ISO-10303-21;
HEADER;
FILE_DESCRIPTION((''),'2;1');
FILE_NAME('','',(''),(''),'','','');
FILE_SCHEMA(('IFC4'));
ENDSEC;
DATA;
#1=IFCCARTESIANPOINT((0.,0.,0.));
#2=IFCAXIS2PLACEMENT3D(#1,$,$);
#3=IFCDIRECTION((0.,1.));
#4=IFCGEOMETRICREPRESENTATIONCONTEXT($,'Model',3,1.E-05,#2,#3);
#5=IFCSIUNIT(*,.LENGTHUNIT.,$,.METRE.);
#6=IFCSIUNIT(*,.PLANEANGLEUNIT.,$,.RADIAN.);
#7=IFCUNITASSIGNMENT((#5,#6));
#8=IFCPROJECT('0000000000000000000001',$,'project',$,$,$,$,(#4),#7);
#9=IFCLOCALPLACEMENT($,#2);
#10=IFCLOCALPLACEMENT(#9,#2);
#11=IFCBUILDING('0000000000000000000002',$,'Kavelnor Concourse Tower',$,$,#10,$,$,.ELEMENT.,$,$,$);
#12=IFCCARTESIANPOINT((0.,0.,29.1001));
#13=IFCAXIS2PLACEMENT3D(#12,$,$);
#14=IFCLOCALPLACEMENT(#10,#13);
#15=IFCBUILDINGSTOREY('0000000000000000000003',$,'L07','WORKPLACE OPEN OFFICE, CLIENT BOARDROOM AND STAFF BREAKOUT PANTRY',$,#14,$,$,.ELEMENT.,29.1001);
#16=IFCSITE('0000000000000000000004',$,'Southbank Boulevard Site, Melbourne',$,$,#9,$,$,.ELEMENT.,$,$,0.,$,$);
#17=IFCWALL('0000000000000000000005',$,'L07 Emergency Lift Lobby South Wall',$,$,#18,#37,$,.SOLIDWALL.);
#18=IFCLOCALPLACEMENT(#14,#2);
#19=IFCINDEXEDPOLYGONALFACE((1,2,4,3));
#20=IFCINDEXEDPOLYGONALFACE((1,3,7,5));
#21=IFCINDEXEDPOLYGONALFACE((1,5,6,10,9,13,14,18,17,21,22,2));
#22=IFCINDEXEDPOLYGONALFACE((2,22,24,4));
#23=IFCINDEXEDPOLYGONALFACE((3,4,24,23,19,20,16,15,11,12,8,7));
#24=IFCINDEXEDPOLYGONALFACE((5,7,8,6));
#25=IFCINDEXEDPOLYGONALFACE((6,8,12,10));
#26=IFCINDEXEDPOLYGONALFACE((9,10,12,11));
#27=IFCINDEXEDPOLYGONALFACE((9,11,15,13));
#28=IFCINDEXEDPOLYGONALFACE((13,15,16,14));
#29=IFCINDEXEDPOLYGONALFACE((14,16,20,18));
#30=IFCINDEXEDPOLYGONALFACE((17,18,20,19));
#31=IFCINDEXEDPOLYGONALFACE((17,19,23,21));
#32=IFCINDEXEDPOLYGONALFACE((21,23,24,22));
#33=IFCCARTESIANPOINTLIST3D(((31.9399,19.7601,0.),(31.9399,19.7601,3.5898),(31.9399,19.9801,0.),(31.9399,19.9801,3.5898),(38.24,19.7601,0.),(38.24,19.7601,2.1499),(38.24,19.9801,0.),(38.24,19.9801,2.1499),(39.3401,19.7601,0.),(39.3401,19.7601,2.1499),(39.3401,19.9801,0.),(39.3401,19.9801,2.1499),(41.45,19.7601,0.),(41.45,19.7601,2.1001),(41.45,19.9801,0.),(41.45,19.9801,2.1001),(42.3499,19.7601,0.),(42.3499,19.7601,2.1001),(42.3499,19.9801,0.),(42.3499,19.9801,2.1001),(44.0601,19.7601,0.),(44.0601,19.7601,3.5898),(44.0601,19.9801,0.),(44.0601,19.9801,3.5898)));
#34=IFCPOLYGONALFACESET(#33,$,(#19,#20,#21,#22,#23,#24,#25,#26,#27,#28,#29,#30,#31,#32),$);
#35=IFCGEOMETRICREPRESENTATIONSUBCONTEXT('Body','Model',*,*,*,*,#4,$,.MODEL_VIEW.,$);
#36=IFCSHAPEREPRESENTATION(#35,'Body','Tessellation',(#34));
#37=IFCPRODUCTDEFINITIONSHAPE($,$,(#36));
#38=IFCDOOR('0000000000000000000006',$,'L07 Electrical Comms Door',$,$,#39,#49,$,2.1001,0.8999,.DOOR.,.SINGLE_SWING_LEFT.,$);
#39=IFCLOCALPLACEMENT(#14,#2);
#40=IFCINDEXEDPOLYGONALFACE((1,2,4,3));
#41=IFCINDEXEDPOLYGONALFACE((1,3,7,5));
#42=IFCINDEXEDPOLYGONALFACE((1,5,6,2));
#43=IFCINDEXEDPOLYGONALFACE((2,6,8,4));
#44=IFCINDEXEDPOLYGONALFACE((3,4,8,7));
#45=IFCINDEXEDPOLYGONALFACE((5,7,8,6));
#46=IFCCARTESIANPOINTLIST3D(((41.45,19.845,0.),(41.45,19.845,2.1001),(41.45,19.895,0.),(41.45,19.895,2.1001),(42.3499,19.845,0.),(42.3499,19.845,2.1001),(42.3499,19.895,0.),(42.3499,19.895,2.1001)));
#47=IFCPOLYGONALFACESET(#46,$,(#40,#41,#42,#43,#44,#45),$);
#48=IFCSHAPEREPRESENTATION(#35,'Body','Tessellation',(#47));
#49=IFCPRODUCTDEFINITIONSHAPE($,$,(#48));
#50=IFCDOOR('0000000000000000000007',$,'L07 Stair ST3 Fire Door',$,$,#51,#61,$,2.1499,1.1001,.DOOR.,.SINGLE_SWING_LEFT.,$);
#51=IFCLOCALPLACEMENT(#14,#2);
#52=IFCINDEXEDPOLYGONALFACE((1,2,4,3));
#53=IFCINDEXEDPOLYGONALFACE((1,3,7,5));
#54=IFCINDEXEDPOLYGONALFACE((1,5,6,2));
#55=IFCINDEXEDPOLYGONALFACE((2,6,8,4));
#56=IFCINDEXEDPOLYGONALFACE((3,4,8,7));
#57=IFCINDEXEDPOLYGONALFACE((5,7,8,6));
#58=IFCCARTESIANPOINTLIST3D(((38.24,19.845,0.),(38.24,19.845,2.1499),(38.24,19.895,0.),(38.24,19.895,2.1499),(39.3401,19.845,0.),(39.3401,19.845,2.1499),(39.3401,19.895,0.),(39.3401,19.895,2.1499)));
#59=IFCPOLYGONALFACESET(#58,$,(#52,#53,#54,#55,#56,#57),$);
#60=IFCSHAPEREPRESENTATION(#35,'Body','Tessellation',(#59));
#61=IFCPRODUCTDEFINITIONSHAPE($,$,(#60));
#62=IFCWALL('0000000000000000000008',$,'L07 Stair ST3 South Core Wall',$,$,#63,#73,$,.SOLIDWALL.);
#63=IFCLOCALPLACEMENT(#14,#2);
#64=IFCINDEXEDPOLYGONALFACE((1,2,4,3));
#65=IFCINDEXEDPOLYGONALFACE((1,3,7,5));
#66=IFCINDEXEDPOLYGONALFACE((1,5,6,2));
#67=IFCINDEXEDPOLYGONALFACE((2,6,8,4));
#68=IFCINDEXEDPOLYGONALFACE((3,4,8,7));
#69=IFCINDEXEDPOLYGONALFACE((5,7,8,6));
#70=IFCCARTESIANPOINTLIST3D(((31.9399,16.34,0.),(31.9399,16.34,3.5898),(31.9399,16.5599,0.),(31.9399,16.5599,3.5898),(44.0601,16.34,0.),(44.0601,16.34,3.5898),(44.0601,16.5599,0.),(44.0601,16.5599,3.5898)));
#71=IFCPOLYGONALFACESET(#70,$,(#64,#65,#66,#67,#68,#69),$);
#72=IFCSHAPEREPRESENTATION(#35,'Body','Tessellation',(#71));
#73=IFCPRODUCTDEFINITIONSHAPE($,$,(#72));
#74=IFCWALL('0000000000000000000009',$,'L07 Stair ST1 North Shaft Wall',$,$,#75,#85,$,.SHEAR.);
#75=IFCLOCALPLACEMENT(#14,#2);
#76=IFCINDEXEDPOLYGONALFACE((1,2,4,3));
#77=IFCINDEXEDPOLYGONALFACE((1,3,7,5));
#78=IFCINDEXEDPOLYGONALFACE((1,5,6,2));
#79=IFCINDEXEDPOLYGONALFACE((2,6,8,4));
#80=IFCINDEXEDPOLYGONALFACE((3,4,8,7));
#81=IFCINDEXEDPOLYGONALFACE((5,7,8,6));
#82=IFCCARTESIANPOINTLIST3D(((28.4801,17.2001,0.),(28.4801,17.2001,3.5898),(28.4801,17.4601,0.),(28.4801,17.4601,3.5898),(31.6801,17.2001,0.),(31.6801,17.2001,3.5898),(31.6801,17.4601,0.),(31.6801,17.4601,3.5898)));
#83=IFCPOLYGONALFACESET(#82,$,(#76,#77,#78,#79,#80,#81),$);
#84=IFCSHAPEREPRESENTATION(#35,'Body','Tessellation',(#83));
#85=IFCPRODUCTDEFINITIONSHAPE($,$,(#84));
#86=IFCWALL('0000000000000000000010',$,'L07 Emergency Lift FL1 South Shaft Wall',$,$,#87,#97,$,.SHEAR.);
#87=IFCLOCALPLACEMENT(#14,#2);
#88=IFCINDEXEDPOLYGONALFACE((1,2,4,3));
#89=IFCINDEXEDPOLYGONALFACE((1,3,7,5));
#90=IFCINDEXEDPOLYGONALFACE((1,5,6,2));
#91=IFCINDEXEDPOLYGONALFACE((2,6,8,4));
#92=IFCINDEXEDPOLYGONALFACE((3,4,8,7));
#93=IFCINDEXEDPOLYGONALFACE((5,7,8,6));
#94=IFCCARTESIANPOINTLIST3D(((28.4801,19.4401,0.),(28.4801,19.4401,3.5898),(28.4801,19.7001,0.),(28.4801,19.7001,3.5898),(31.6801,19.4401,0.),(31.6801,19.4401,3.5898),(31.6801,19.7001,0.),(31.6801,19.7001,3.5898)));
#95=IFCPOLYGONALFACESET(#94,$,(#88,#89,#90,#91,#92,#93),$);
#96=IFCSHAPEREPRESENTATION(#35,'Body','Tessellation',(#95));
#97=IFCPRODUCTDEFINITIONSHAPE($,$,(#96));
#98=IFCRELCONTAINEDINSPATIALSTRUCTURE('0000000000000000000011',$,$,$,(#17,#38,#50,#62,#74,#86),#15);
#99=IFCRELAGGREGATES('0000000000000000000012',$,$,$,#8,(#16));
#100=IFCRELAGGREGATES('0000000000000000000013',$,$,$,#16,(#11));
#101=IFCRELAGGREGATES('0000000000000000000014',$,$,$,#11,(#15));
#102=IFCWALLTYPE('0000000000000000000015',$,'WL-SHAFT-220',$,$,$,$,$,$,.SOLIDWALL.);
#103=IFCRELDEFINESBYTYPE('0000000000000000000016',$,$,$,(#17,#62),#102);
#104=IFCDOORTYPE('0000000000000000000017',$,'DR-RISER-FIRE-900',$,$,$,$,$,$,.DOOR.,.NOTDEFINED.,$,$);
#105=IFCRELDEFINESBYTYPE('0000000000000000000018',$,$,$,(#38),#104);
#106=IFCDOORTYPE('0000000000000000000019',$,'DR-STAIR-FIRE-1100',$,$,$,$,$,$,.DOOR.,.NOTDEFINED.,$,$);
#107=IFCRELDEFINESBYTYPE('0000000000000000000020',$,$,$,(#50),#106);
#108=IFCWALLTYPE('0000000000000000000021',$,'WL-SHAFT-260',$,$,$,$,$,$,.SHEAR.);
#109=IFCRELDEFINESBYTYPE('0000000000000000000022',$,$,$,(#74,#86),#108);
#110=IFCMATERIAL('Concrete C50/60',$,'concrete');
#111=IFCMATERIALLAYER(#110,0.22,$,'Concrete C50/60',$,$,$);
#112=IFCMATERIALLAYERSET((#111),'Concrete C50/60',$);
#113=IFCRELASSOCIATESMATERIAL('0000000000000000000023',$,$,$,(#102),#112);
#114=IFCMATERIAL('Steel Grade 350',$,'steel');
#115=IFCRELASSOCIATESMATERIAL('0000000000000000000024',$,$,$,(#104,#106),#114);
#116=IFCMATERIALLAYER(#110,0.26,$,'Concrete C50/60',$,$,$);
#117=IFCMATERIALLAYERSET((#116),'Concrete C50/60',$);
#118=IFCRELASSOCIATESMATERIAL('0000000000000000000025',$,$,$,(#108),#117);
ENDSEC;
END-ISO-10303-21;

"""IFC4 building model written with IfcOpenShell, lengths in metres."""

from ifc_helpers import new_model, si_unit, direction, frame, frame_2d, origin, place, context, subcontext, project, spatial, rectangle, extrude, material, layer, layer_set, type_object, element, fill, save


model = new_model("IFC4")

# Units and contexts
model_context = context("Model", 3, precision=1e-05, world=origin(), true_north=direction((0.0, 1.0)))
body_context = subcontext(model_context, "Body", "Model", "MODEL_VIEW")
ifc_project = project(units=[si_unit("LENGTHUNIT", "METRE"), si_unit("PLANEANGLEUNIT", "RADIAN")], contexts=[model_context])

# Site, building, storey
site_placement = place(None, origin())
site = spatial("IfcSite", under=ifc_project, at=site_placement, Name="Southbank Boulevard Site, Melbourne", CompositionType="ELEMENT", RefElevation=0.0)
building_placement = place(site_placement, origin())
building = spatial("IfcBuilding", under=site, at=building_placement, Name="Kavelnor Concourse Tower", CompositionType="ELEMENT")
storey_placement = place(building_placement, frame((0.0, 0.0, 29.1001)))
storey = spatial("IfcBuildingStorey", under=building, at=storey_placement, Name="L07", Description="WORKPLACE OPEN OFFICE, CLIENT BOARDROOM AND STAFF BREAKOUT PANTRY", CompositionType="ELEMENT", Elevation=29.1001)

# Shared definitions
ifc_material_1 = material(Name="Steel Grade 350", Category="steel")

# Wall, openings, doors
ifc_material_2 = material(Name="Concrete C50/60", Category="concrete")
ifc_layer_1 = layer(ifc_material_2, 0.22, Name="Concrete C50/60")
ifc_layer_set_1 = layer_set([ifc_layer_1], Name="Concrete C50/60")
wall_type_1 = type_object("IfcWallType", Name="WL-SHAFT-220", PredefinedType="SOLIDWALL", material=ifc_layer_set_1)
wall_1_placement = place(storey_placement, frame((31.9399, 19.8701, 0.0), z_axis=(0.0, 0.0, 1.0), x_axis=(1.0, 0.0, 0.0)))
wall_1 = element("IfcWall", 1, at=wall_1_placement, inside=storey, type_object=wall_type_1, Name="L07 Emergency Lift Lobby South Wall", PredefinedType="SOLIDWALL", context=body_context, shape_type="SweptSolid", body=[
    extrude(rectangle(XDim=12.1201, YDim=0.22, at=frame_2d((6.0601, 0.0))), origin(), (0.0, 0.0, 1.0), 3.5898),
])
opening_1_placement = place(wall_1_placement, frame((6.3, 0.0, 0.0)))
opening_1 = element("IfcOpeningElement", 2, at=opening_1_placement, cuts=wall_1, PredefinedType="OPENING", context=body_context, shape_type="SweptSolid", body=[
    extrude(rectangle(XDim=1.1001, YDim=2.1499, at=frame_2d((0.55, 1.075))), frame((0.0, 0.1201, 0.0), z_axis=(0.0, -1.0, 0.0), x_axis=(1.0, 0.0, 0.0)), (0.0, 0.0, 1.0), 0.24),
])
opening_2_placement = place(wall_1_placement, frame((9.51, 0.0, 0.0)))
opening_2 = element("IfcOpeningElement", 3, at=opening_2_placement, cuts=wall_1, PredefinedType="OPENING", context=body_context, shape_type="SweptSolid", body=[
    extrude(rectangle(XDim=0.8999, YDim=2.1001, at=frame_2d((0.45, 1.05))), frame((0.0, 0.1201, 0.0), z_axis=(0.0, -1.0, 0.0), x_axis=(1.0, 0.0, 0.0)), (0.0, 0.0, 1.0), 0.24),
])
door_type_1 = type_object("IfcDoorType", Name="DR-RISER-FIRE-900", OperationType="NOTDEFINED", PredefinedType="DOOR", material=ifc_material_1)
door_1_placement = place(opening_2_placement, origin())
door_1 = element("IfcDoor", 4, at=door_1_placement, inside=storey, type_object=door_type_1, Name="L07 Electrical Comms Door", OperationType="SINGLE_SWING_LEFT", OverallHeight=2.1001, OverallWidth=0.8999, PredefinedType="DOOR", context=body_context, shape_type="SweptSolid", body=[
    extrude(rectangle(XDim=0.8999, YDim=2.1001, at=frame_2d((0.45, 1.05))), frame((0.0, 0.0249, 0.0), z_axis=(0.0, -1.0, 0.0), x_axis=(1.0, 0.0, 0.0)), (0.0, 0.0, 1.0), 0.05),
])
fill(opening_2, door_1)
door_type_2 = type_object("IfcDoorType", Name="DR-STAIR-FIRE-1100", OperationType="NOTDEFINED", PredefinedType="DOOR", material=ifc_material_1)
door_2_placement = place(opening_1_placement, origin())
door_2 = element("IfcDoor", 5, at=door_2_placement, inside=storey, type_object=door_type_2, Name="L07 Stair ST3 Fire Door", OperationType="SINGLE_SWING_LEFT", OverallHeight=2.1499, OverallWidth=1.1001, PredefinedType="DOOR", context=body_context, shape_type="SweptSolid", body=[
    extrude(rectangle(XDim=1.1001, YDim=2.1499, at=frame_2d((0.55, 1.075))), frame((0.0, 0.0249, 0.0), z_axis=(0.0, -1.0, 0.0), x_axis=(1.0, 0.0, 0.0)), (0.0, 0.0, 1.0), 0.05),
])
fill(opening_1, door_2)

# Walls
wall_2_placement = place(storey_placement, frame((31.9399, 16.45, 0.0), z_axis=(0.0, 0.0, 1.0), x_axis=(1.0, 0.0, 0.0)))
element("IfcWall", 6, at=wall_2_placement, inside=storey, type_object=wall_type_1, Name="L07 Stair ST3 South Core Wall", PredefinedType="SOLIDWALL", context=body_context, shape_type="SweptSolid", body=[
    extrude(rectangle(XDim=12.1201, YDim=0.22, at=frame_2d((6.0601, 0.0))), origin(), (0.0, 0.0, 1.0), 3.5898),
])
ifc_layer_2 = layer(ifc_material_2, 0.26, Name="Concrete C50/60")
ifc_layer_set_2 = layer_set([ifc_layer_2], Name="Concrete C50/60")
wall_type_2 = type_object("IfcWallType", Name="WL-SHAFT-260", PredefinedType="SHEAR", material=ifc_layer_set_2)
for number, where, z_axis, x_axis, name in (
    (7, (28.48, 17.3301, 0.0), (0.0, 0.0, 1.0), (1.0, 0.0, 0.0), "L07 Stair ST1 North Shaft Wall"),
    (8, (28.48, 19.5701, 0.0), (0.0, 0.0, 1.0), (1.0, 0.0, 0.0), "L07 Emergency Lift FL1 South Shaft Wall"),
):
    element("IfcWall", number, at=place(storey_placement, frame(where, z_axis=z_axis, x_axis=x_axis)), inside=storey, type_object=wall_type_2, Name=name, PredefinedType="SHEAR", context=body_context, shape_type="SweptSolid", body=[
        extrude(rectangle(XDim=3.2, YDim=0.26, at=frame_2d((1.6001, 0.0))), origin(), (0.0, 0.0, 1.0), 3.5898),
    ])

save(model, "model.ifc")
